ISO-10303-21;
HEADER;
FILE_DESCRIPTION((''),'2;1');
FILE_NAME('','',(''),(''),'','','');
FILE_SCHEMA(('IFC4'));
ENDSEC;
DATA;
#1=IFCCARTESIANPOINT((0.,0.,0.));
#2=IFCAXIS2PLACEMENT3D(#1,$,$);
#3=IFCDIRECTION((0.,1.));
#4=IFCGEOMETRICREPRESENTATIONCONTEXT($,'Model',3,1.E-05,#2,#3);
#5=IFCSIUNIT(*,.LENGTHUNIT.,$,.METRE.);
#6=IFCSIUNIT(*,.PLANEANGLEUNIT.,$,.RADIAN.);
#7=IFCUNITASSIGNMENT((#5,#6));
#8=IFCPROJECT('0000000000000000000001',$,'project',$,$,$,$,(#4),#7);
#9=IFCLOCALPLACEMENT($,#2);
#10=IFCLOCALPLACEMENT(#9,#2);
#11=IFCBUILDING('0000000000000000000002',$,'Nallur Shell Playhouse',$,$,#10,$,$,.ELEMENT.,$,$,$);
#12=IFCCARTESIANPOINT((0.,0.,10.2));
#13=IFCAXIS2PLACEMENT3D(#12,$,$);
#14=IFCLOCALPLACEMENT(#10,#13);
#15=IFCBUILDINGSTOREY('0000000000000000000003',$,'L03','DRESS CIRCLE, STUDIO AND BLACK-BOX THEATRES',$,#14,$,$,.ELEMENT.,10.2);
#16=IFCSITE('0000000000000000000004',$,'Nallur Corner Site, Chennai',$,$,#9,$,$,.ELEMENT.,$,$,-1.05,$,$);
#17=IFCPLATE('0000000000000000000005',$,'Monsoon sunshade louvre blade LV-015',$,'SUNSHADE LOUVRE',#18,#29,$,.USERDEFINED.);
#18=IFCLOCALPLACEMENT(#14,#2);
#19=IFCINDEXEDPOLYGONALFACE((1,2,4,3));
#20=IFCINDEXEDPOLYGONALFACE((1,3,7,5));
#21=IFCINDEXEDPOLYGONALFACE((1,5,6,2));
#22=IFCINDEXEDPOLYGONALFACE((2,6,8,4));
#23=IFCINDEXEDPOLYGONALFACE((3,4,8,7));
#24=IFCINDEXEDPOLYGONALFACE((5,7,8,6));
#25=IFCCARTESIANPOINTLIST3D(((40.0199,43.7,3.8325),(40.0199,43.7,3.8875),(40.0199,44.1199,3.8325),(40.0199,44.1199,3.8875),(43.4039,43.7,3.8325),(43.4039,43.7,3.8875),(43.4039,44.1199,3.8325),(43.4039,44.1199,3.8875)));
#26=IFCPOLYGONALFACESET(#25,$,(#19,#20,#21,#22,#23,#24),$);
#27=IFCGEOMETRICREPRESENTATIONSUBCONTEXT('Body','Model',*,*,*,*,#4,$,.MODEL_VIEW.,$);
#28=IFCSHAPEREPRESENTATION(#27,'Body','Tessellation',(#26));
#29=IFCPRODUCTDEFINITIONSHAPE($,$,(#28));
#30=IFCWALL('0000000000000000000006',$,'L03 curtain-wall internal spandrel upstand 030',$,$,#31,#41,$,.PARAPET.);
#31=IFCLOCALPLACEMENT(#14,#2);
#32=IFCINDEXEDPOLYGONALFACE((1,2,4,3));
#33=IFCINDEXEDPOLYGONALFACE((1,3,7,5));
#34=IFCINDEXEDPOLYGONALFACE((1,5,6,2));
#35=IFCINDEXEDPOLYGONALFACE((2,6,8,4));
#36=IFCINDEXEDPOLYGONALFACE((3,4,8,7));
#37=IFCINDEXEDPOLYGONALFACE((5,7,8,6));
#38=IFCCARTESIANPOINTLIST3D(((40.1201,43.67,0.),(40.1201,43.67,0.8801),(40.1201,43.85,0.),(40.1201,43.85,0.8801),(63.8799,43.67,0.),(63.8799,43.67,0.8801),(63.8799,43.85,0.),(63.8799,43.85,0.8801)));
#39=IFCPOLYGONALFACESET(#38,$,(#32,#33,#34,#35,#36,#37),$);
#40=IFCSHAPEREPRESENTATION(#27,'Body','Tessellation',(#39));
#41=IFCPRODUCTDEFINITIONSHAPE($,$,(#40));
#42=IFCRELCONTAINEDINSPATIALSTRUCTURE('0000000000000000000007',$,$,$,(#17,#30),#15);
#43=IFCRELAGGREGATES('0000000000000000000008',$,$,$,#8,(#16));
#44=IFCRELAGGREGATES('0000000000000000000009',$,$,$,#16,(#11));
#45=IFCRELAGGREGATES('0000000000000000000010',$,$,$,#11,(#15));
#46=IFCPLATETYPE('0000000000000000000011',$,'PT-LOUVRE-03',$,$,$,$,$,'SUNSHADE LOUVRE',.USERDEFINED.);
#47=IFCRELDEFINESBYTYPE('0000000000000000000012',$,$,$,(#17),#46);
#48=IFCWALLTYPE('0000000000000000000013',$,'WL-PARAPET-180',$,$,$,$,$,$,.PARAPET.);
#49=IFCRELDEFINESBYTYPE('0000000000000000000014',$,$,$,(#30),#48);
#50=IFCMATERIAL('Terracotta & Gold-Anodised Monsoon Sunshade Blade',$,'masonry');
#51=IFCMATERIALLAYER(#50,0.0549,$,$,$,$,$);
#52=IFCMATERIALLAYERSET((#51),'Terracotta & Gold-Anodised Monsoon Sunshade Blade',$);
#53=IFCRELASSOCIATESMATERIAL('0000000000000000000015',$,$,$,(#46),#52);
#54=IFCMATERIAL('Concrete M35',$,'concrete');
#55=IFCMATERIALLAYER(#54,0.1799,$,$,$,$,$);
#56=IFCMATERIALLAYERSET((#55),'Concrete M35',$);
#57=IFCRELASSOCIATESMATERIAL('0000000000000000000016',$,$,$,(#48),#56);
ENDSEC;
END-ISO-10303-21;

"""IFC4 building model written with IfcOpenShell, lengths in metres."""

from ifc_helpers import new_model, si_unit, direction, frame, frame_2d, origin, origin_2d, place, context, subcontext, project, spatial, rectangle, extrude, material, layer, layer_set, type_object, element, save


model = new_model("IFC4")

# Units and contexts
model_context = context("Model", 3, precision=1e-05, world=origin(), true_north=direction((0.0, 1.0)))
body_context = subcontext(model_context, "Body", "Model", "MODEL_VIEW")
ifc_project = project(units=[si_unit("LENGTHUNIT", "METRE"), si_unit("PLANEANGLEUNIT", "RADIAN")], contexts=[model_context])

# Site, building, storey
site_placement = place(None, origin())
site = spatial("IfcSite", under=ifc_project, at=site_placement, Name="Nallur Corner Site, Chennai", CompositionType="ELEMENT", RefElevation=-1.05)
building_placement = place(site_placement, origin())
building = spatial("IfcBuilding", under=site, at=building_placement, Name="Nallur Shell Playhouse", CompositionType="ELEMENT")
storey_placement = place(building_placement, frame((0.0, 0.0, 10.2)))
storey = spatial("IfcBuildingStorey", under=building, at=storey_placement, Name="L03", Description="DRESS CIRCLE, STUDIO AND BLACK-BOX THEATRES", CompositionType="ELEMENT", Elevation=10.2)

# Plate
ifc_material_1 = material(Name="Terracotta & Gold-Anodised Monsoon Sunshade Blade", Category="masonry")
ifc_layer_1 = layer(ifc_material_1, 0.0549)
ifc_layer_set_1 = layer_set([ifc_layer_1], Name="Terracotta & Gold-Anodised Monsoon Sunshade Blade")
plate_type_1 = type_object("IfcPlateType", Name="PT-LOUVRE-03", ElementType="SUNSHADE LOUVRE", PredefinedType="USERDEFINED", material=ifc_layer_set_1)
plate_1_placement = place(storey_placement, frame((41.7119, 43.9099, 3.8325), z_axis=(0.0, 0.0, 1.0), x_axis=(1.0, 0.0, 0.0)))
element("IfcPlate", 1, at=plate_1_placement, inside=storey, type_object=plate_type_1, Name="Monsoon sunshade louvre blade LV-015", ObjectType="SUNSHADE LOUVRE", PredefinedType="USERDEFINED", context=body_context, shape_type="SweptSolid", body=[
    extrude(rectangle(XDim=3.384, YDim=0.4199, at=origin_2d()), origin(), (0.0, 0.0, 1.0), 0.0549),
])

# Wall
ifc_material_2 = material(Name="Concrete M35", Category="concrete")
ifc_layer_2 = layer(ifc_material_2, 0.1799)
ifc_layer_set_2 = layer_set([ifc_layer_2], Name="Concrete M35")
wall_type = type_object("IfcWallType", Name="WL-PARAPET-180", PredefinedType="PARAPET", material=ifc_layer_set_2)
wall_placement = place(storey_placement, frame((40.1201, 43.76, 0.0), z_axis=(0.0, 0.0, 1.0), x_axis=(1.0, 0.0, 0.0)))
element("IfcWall", 2, at=wall_placement, inside=storey, type_object=wall_type, Name="L03 curtain-wall internal spandrel upstand 030", PredefinedType="PARAPET", context=body_context, shape_type="SweptSolid", body=[
    extrude(rectangle(XDim=23.7598, YDim=0.1799, at=frame_2d((11.8799, 0.0))), origin(), (0.0, 0.0, 1.0), 0.8801),
])

save(model, "model.ifc")
